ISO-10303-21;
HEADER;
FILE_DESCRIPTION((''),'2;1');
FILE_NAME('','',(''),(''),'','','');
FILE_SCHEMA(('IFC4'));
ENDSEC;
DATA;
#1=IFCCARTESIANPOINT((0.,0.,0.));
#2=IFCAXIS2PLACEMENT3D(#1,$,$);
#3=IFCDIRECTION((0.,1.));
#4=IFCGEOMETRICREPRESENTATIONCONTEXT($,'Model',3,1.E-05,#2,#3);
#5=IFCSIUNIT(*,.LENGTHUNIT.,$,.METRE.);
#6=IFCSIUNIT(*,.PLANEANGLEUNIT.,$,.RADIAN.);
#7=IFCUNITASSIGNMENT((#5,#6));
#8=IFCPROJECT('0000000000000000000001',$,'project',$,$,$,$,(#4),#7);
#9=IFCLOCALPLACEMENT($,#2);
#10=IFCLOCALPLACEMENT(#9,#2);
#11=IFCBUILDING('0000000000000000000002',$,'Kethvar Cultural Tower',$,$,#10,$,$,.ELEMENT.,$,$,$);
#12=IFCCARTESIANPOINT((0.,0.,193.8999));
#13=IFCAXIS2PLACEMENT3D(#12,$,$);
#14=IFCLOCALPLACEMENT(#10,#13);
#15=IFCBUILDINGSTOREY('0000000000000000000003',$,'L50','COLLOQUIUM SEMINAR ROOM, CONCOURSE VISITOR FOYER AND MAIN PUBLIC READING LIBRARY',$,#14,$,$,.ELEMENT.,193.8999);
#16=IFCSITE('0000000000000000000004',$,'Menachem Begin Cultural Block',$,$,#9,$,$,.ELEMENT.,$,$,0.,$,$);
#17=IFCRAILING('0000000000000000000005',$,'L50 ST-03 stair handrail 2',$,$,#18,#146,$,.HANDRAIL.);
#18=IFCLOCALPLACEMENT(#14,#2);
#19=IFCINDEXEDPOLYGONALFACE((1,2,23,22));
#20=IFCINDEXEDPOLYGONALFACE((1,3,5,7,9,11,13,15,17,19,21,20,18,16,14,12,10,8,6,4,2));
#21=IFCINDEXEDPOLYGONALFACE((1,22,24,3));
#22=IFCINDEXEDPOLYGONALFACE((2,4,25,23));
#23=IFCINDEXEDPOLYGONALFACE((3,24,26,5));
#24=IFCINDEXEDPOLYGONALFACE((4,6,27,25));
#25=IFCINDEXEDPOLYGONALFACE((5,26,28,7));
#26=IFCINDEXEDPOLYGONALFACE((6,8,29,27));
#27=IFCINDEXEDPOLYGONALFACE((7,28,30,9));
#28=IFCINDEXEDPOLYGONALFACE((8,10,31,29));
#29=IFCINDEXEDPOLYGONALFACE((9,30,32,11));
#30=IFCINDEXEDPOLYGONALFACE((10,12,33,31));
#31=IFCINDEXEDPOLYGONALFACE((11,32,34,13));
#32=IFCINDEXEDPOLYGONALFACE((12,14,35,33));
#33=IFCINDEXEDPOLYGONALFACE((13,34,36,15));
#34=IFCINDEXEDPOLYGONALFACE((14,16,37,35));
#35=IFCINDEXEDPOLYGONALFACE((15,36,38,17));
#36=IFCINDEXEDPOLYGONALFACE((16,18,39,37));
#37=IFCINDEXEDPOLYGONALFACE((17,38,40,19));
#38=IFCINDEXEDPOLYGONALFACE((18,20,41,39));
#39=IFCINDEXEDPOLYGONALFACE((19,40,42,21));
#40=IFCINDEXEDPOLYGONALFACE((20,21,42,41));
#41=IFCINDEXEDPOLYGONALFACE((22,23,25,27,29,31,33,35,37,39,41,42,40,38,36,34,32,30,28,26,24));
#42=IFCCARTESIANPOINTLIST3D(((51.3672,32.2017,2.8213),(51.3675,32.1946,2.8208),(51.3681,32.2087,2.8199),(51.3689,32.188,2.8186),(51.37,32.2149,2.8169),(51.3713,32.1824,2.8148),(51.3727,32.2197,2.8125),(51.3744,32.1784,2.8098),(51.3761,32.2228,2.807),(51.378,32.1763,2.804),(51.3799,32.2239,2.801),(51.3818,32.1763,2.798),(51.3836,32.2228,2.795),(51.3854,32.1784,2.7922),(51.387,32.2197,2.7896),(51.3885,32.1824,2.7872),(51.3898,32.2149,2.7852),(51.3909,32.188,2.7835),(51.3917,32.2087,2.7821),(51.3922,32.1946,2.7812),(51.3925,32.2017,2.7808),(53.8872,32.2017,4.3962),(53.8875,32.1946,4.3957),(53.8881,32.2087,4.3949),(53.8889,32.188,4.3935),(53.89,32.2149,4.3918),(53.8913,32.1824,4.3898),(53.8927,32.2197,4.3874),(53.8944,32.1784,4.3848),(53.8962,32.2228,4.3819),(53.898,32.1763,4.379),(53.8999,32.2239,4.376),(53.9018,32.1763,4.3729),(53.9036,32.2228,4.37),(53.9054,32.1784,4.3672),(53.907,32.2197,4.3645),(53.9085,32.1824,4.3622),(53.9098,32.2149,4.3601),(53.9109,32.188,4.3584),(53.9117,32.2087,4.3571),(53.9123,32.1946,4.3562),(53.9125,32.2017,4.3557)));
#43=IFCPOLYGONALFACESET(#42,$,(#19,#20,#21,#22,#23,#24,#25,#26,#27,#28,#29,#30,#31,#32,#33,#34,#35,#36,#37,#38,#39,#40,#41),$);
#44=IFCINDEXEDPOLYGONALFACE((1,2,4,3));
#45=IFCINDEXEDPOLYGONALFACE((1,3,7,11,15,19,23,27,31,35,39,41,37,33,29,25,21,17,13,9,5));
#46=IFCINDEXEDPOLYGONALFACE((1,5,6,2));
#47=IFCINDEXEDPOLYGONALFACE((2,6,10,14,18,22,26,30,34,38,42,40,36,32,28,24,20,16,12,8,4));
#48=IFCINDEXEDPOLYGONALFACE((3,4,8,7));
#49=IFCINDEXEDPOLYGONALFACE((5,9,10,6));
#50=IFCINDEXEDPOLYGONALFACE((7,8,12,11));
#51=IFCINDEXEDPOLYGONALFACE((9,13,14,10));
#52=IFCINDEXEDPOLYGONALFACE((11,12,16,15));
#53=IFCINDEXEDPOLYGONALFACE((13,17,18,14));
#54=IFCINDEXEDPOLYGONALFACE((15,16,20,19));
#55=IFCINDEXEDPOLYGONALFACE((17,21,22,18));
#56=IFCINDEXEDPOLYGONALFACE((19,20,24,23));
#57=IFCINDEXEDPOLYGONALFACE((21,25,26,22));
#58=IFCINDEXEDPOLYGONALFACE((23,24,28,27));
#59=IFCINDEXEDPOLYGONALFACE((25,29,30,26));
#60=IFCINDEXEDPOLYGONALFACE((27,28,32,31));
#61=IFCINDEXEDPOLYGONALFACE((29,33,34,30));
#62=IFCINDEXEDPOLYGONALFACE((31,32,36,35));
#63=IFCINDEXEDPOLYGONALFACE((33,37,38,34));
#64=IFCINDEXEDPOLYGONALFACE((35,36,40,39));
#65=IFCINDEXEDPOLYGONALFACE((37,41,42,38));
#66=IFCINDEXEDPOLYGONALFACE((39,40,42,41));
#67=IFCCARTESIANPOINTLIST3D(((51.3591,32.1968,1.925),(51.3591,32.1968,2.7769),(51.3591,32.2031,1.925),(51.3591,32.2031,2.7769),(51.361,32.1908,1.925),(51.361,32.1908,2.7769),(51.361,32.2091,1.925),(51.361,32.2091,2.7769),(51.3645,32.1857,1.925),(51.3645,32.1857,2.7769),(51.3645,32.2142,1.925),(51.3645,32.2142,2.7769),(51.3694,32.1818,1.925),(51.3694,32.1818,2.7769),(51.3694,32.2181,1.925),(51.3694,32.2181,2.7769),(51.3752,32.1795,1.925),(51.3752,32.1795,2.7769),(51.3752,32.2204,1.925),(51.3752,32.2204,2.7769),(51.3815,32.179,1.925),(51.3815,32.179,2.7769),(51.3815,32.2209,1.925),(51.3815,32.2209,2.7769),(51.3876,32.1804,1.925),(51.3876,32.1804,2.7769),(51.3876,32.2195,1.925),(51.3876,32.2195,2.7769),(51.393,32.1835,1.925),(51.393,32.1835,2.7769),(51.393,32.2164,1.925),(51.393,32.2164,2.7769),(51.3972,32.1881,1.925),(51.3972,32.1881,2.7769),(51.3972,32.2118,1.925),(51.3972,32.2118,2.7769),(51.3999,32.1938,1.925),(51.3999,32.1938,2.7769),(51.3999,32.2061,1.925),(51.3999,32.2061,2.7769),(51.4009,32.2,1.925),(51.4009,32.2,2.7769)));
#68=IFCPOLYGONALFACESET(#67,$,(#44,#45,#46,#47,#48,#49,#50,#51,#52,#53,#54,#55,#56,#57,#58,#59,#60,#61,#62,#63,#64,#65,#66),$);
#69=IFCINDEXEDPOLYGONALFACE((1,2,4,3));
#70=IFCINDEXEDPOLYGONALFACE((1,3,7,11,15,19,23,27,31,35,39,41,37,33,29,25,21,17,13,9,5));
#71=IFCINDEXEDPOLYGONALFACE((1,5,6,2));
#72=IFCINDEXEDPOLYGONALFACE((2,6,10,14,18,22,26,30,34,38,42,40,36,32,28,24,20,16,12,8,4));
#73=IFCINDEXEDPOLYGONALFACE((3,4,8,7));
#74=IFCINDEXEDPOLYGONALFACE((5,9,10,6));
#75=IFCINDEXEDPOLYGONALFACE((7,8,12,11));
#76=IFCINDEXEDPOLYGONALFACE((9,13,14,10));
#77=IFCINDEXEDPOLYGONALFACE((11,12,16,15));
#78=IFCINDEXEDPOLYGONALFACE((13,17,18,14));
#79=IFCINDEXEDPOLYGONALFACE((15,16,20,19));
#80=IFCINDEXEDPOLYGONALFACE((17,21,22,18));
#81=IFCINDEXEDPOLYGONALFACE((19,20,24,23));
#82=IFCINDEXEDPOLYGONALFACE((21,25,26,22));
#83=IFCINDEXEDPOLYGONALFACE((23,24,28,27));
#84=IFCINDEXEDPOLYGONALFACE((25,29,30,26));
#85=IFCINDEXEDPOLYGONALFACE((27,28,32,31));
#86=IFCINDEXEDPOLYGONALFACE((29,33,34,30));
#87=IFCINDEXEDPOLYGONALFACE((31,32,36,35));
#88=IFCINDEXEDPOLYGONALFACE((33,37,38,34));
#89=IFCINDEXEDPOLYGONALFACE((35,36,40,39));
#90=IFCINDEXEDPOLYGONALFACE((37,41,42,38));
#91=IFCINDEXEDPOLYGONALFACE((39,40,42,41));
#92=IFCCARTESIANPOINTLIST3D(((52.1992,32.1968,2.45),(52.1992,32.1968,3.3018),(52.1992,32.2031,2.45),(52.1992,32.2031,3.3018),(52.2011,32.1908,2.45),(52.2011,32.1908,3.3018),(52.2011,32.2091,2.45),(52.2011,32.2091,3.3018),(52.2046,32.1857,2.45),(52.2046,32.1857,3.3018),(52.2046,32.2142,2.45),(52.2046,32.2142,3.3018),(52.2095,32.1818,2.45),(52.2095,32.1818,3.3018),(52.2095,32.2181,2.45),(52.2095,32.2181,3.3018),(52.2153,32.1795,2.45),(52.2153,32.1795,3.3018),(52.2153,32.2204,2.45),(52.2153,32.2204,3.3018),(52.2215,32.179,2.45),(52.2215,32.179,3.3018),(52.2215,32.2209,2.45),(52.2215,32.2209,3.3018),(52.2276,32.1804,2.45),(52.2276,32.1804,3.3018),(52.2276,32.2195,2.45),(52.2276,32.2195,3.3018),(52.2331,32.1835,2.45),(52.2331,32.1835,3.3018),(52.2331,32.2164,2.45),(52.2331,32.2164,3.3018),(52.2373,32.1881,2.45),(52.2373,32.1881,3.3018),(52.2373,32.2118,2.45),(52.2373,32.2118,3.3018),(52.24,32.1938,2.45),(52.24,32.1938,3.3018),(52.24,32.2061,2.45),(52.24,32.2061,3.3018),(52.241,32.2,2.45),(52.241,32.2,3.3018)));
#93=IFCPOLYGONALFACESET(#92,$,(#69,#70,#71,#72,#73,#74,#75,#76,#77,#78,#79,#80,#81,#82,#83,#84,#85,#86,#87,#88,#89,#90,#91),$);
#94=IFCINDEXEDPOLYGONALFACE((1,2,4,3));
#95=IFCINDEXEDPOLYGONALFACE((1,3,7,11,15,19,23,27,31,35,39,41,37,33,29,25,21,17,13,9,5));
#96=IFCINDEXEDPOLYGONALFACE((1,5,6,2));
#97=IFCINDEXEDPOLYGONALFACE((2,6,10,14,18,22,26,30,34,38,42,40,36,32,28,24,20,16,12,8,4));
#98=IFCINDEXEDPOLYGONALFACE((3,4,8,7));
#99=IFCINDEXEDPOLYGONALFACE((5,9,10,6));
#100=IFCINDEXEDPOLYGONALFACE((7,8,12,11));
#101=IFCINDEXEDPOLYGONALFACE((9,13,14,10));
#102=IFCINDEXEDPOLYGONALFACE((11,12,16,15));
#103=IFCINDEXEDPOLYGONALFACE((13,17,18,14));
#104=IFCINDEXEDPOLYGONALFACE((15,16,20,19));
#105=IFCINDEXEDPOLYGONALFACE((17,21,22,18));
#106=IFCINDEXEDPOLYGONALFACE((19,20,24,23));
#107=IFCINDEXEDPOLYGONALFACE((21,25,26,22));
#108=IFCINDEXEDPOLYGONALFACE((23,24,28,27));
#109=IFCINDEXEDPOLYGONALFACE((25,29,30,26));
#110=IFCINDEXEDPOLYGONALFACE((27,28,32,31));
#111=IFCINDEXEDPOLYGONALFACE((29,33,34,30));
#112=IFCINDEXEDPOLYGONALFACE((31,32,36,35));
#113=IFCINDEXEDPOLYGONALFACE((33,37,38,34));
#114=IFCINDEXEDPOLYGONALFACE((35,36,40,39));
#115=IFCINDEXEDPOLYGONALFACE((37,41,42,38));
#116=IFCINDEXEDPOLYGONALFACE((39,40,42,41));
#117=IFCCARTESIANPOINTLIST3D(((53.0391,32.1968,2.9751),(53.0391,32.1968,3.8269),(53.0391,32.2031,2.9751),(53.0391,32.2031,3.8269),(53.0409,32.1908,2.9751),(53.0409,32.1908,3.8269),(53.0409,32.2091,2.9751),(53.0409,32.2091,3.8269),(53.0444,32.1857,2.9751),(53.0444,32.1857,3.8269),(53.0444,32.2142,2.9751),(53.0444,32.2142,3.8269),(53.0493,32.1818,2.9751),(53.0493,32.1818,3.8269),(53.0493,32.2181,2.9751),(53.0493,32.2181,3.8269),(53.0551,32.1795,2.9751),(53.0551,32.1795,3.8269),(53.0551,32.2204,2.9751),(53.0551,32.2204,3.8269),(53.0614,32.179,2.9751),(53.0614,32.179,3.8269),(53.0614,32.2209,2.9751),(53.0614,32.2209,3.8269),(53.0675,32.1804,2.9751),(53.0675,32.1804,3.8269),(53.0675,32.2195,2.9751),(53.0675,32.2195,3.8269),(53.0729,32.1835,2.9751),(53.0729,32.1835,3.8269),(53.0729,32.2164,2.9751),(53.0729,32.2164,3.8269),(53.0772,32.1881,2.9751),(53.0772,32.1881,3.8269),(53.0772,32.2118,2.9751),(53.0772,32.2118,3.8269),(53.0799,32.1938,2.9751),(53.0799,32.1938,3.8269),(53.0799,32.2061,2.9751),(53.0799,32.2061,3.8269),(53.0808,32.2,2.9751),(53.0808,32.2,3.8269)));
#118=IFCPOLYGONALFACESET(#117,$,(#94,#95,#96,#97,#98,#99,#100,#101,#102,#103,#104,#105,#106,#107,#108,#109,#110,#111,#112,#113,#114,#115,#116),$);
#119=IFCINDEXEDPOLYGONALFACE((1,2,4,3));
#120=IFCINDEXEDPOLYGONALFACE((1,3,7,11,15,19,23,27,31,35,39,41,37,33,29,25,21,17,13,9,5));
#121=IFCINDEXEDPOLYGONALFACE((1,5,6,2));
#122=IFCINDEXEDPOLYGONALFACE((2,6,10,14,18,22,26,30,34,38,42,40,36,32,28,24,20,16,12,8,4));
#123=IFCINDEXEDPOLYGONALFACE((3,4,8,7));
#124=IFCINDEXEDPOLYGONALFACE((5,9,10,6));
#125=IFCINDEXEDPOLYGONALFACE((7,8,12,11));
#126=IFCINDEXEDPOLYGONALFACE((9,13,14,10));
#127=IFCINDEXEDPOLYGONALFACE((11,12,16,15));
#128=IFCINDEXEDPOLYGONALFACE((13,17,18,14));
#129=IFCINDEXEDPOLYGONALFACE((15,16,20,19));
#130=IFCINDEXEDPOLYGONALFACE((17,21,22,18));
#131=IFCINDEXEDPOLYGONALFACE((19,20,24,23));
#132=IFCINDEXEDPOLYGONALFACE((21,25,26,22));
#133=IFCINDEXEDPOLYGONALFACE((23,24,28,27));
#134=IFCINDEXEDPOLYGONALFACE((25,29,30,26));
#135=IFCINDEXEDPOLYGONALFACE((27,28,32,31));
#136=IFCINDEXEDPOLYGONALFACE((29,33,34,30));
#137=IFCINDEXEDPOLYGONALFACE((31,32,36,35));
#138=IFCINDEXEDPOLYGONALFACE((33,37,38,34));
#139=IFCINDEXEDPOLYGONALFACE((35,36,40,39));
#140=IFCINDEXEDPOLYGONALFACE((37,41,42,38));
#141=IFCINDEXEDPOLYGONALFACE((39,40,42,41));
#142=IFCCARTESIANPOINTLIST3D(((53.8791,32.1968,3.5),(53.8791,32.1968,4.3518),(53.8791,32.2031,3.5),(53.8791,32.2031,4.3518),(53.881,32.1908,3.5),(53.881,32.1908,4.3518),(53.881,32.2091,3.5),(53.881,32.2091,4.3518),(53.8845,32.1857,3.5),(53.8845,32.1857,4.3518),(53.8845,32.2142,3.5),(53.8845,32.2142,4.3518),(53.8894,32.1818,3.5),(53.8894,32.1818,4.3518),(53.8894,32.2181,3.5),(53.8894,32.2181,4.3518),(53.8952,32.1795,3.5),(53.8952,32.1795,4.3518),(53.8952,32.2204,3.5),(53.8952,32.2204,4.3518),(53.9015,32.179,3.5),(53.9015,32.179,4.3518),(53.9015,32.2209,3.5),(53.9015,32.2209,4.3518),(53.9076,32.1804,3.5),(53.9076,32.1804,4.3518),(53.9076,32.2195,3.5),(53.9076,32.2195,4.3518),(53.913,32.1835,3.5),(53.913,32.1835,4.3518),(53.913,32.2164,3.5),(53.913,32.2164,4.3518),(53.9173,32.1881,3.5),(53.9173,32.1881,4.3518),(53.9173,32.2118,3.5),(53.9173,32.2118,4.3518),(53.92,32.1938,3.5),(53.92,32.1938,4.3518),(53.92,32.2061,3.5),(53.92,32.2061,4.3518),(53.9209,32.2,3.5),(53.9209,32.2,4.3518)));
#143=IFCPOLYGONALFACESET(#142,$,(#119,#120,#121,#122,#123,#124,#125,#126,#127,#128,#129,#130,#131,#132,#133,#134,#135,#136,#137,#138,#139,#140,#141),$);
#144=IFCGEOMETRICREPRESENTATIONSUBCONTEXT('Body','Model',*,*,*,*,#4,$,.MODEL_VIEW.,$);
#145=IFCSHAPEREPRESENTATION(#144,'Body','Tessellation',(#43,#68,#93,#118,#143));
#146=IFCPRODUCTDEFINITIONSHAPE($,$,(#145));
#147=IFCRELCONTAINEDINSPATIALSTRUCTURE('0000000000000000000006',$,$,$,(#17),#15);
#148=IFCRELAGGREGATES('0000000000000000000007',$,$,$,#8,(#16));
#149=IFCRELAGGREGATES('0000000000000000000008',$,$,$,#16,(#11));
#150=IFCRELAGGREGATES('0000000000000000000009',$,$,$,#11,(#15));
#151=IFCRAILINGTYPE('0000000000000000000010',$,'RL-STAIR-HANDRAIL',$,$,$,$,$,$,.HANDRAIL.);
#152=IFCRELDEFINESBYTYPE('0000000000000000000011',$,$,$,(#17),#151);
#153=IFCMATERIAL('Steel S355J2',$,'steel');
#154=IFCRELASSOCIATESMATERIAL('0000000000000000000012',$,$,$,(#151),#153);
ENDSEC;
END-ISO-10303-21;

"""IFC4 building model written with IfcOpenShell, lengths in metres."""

from ifc_helpers import new_model, si_unit, direction, frame, origin, origin_2d, place, context, subcontext, project, spatial, circle, extrude, material, type_object, element, save


model = new_model("IFC4")

# Units and contexts
model_context = context("Model", 3, precision=1e-05, world=origin(), true_north=direction((0.0, 1.0)))
body_context = subcontext(model_context, "Body", "Model", "MODEL_VIEW")
ifc_project = project(units=[si_unit("LENGTHUNIT", "METRE"), si_unit("PLANEANGLEUNIT", "RADIAN")], contexts=[model_context])

# Site, building, storey
site_placement = place(None, origin())
site = spatial("IfcSite", under=ifc_project, at=site_placement, Name="Menachem Begin Cultural Block", CompositionType="ELEMENT", RefElevation=0.0)
building_placement = place(site_placement, origin())
building = spatial("IfcBuilding", under=site, at=building_placement, Name="Kethvar Cultural Tower", CompositionType="ELEMENT")
storey_placement = place(building_placement, frame((0.0, 0.0, 193.8999)))
storey = spatial("IfcBuildingStorey", under=building, at=storey_placement, Name="L50", Description="COLLOQUIUM SEMINAR ROOM, CONCOURSE VISITOR FOYER AND MAIN PUBLIC READING LIBRARY", CompositionType="ELEMENT", Elevation=193.8999)

# Shared definitions
ifc_material_1 = material(Name="Steel S355J2", Category="steel")

# Railing
railing_type_1 = type_object("IfcRailingType", Name="RL-STAIR-HANDRAIL", PredefinedType="HANDRAIL", material=ifc_material_1)
railing_1_placement = place(storey_placement, frame((51.3799, 32.2, 1.925)))
element("IfcRailing", 1, at=railing_1_placement, inside=storey, type_object=railing_type_1, Name="L50 ST-03 stair handrail 2", PredefinedType="HANDRAIL", context=body_context, shape_type="SweptSolid", body=[
    extrude(circle(Radius=0.0239, at=origin_2d()), frame((0.0, 0.0, 0.876), z_axis=(0.848008, 0.0, 0.529984), x_axis=(0.0, 1.0, 0.0)), (0.0, 0.0, 1.0), 2.9717),
    extrude(circle(Radius=0.021, at=origin_2d()), origin(), (0.0, 0.0, 1.0), 0.8518),
    extrude(circle(Radius=0.021, at=origin_2d()), frame((0.8401, 0.0, 0.5249)), (0.0, 0.0, 1.0), 0.8518),
    extrude(circle(Radius=0.021, at=origin_2d()), frame((1.6799, 0.0, 1.05)), (0.0, 0.0, 1.0), 0.8518),
    extrude(circle(Radius=0.021, at=origin_2d()), frame((2.52, 0.0, 1.575)), (0.0, 0.0, 1.0), 0.8518),
])

save(model, "model.ifc")
